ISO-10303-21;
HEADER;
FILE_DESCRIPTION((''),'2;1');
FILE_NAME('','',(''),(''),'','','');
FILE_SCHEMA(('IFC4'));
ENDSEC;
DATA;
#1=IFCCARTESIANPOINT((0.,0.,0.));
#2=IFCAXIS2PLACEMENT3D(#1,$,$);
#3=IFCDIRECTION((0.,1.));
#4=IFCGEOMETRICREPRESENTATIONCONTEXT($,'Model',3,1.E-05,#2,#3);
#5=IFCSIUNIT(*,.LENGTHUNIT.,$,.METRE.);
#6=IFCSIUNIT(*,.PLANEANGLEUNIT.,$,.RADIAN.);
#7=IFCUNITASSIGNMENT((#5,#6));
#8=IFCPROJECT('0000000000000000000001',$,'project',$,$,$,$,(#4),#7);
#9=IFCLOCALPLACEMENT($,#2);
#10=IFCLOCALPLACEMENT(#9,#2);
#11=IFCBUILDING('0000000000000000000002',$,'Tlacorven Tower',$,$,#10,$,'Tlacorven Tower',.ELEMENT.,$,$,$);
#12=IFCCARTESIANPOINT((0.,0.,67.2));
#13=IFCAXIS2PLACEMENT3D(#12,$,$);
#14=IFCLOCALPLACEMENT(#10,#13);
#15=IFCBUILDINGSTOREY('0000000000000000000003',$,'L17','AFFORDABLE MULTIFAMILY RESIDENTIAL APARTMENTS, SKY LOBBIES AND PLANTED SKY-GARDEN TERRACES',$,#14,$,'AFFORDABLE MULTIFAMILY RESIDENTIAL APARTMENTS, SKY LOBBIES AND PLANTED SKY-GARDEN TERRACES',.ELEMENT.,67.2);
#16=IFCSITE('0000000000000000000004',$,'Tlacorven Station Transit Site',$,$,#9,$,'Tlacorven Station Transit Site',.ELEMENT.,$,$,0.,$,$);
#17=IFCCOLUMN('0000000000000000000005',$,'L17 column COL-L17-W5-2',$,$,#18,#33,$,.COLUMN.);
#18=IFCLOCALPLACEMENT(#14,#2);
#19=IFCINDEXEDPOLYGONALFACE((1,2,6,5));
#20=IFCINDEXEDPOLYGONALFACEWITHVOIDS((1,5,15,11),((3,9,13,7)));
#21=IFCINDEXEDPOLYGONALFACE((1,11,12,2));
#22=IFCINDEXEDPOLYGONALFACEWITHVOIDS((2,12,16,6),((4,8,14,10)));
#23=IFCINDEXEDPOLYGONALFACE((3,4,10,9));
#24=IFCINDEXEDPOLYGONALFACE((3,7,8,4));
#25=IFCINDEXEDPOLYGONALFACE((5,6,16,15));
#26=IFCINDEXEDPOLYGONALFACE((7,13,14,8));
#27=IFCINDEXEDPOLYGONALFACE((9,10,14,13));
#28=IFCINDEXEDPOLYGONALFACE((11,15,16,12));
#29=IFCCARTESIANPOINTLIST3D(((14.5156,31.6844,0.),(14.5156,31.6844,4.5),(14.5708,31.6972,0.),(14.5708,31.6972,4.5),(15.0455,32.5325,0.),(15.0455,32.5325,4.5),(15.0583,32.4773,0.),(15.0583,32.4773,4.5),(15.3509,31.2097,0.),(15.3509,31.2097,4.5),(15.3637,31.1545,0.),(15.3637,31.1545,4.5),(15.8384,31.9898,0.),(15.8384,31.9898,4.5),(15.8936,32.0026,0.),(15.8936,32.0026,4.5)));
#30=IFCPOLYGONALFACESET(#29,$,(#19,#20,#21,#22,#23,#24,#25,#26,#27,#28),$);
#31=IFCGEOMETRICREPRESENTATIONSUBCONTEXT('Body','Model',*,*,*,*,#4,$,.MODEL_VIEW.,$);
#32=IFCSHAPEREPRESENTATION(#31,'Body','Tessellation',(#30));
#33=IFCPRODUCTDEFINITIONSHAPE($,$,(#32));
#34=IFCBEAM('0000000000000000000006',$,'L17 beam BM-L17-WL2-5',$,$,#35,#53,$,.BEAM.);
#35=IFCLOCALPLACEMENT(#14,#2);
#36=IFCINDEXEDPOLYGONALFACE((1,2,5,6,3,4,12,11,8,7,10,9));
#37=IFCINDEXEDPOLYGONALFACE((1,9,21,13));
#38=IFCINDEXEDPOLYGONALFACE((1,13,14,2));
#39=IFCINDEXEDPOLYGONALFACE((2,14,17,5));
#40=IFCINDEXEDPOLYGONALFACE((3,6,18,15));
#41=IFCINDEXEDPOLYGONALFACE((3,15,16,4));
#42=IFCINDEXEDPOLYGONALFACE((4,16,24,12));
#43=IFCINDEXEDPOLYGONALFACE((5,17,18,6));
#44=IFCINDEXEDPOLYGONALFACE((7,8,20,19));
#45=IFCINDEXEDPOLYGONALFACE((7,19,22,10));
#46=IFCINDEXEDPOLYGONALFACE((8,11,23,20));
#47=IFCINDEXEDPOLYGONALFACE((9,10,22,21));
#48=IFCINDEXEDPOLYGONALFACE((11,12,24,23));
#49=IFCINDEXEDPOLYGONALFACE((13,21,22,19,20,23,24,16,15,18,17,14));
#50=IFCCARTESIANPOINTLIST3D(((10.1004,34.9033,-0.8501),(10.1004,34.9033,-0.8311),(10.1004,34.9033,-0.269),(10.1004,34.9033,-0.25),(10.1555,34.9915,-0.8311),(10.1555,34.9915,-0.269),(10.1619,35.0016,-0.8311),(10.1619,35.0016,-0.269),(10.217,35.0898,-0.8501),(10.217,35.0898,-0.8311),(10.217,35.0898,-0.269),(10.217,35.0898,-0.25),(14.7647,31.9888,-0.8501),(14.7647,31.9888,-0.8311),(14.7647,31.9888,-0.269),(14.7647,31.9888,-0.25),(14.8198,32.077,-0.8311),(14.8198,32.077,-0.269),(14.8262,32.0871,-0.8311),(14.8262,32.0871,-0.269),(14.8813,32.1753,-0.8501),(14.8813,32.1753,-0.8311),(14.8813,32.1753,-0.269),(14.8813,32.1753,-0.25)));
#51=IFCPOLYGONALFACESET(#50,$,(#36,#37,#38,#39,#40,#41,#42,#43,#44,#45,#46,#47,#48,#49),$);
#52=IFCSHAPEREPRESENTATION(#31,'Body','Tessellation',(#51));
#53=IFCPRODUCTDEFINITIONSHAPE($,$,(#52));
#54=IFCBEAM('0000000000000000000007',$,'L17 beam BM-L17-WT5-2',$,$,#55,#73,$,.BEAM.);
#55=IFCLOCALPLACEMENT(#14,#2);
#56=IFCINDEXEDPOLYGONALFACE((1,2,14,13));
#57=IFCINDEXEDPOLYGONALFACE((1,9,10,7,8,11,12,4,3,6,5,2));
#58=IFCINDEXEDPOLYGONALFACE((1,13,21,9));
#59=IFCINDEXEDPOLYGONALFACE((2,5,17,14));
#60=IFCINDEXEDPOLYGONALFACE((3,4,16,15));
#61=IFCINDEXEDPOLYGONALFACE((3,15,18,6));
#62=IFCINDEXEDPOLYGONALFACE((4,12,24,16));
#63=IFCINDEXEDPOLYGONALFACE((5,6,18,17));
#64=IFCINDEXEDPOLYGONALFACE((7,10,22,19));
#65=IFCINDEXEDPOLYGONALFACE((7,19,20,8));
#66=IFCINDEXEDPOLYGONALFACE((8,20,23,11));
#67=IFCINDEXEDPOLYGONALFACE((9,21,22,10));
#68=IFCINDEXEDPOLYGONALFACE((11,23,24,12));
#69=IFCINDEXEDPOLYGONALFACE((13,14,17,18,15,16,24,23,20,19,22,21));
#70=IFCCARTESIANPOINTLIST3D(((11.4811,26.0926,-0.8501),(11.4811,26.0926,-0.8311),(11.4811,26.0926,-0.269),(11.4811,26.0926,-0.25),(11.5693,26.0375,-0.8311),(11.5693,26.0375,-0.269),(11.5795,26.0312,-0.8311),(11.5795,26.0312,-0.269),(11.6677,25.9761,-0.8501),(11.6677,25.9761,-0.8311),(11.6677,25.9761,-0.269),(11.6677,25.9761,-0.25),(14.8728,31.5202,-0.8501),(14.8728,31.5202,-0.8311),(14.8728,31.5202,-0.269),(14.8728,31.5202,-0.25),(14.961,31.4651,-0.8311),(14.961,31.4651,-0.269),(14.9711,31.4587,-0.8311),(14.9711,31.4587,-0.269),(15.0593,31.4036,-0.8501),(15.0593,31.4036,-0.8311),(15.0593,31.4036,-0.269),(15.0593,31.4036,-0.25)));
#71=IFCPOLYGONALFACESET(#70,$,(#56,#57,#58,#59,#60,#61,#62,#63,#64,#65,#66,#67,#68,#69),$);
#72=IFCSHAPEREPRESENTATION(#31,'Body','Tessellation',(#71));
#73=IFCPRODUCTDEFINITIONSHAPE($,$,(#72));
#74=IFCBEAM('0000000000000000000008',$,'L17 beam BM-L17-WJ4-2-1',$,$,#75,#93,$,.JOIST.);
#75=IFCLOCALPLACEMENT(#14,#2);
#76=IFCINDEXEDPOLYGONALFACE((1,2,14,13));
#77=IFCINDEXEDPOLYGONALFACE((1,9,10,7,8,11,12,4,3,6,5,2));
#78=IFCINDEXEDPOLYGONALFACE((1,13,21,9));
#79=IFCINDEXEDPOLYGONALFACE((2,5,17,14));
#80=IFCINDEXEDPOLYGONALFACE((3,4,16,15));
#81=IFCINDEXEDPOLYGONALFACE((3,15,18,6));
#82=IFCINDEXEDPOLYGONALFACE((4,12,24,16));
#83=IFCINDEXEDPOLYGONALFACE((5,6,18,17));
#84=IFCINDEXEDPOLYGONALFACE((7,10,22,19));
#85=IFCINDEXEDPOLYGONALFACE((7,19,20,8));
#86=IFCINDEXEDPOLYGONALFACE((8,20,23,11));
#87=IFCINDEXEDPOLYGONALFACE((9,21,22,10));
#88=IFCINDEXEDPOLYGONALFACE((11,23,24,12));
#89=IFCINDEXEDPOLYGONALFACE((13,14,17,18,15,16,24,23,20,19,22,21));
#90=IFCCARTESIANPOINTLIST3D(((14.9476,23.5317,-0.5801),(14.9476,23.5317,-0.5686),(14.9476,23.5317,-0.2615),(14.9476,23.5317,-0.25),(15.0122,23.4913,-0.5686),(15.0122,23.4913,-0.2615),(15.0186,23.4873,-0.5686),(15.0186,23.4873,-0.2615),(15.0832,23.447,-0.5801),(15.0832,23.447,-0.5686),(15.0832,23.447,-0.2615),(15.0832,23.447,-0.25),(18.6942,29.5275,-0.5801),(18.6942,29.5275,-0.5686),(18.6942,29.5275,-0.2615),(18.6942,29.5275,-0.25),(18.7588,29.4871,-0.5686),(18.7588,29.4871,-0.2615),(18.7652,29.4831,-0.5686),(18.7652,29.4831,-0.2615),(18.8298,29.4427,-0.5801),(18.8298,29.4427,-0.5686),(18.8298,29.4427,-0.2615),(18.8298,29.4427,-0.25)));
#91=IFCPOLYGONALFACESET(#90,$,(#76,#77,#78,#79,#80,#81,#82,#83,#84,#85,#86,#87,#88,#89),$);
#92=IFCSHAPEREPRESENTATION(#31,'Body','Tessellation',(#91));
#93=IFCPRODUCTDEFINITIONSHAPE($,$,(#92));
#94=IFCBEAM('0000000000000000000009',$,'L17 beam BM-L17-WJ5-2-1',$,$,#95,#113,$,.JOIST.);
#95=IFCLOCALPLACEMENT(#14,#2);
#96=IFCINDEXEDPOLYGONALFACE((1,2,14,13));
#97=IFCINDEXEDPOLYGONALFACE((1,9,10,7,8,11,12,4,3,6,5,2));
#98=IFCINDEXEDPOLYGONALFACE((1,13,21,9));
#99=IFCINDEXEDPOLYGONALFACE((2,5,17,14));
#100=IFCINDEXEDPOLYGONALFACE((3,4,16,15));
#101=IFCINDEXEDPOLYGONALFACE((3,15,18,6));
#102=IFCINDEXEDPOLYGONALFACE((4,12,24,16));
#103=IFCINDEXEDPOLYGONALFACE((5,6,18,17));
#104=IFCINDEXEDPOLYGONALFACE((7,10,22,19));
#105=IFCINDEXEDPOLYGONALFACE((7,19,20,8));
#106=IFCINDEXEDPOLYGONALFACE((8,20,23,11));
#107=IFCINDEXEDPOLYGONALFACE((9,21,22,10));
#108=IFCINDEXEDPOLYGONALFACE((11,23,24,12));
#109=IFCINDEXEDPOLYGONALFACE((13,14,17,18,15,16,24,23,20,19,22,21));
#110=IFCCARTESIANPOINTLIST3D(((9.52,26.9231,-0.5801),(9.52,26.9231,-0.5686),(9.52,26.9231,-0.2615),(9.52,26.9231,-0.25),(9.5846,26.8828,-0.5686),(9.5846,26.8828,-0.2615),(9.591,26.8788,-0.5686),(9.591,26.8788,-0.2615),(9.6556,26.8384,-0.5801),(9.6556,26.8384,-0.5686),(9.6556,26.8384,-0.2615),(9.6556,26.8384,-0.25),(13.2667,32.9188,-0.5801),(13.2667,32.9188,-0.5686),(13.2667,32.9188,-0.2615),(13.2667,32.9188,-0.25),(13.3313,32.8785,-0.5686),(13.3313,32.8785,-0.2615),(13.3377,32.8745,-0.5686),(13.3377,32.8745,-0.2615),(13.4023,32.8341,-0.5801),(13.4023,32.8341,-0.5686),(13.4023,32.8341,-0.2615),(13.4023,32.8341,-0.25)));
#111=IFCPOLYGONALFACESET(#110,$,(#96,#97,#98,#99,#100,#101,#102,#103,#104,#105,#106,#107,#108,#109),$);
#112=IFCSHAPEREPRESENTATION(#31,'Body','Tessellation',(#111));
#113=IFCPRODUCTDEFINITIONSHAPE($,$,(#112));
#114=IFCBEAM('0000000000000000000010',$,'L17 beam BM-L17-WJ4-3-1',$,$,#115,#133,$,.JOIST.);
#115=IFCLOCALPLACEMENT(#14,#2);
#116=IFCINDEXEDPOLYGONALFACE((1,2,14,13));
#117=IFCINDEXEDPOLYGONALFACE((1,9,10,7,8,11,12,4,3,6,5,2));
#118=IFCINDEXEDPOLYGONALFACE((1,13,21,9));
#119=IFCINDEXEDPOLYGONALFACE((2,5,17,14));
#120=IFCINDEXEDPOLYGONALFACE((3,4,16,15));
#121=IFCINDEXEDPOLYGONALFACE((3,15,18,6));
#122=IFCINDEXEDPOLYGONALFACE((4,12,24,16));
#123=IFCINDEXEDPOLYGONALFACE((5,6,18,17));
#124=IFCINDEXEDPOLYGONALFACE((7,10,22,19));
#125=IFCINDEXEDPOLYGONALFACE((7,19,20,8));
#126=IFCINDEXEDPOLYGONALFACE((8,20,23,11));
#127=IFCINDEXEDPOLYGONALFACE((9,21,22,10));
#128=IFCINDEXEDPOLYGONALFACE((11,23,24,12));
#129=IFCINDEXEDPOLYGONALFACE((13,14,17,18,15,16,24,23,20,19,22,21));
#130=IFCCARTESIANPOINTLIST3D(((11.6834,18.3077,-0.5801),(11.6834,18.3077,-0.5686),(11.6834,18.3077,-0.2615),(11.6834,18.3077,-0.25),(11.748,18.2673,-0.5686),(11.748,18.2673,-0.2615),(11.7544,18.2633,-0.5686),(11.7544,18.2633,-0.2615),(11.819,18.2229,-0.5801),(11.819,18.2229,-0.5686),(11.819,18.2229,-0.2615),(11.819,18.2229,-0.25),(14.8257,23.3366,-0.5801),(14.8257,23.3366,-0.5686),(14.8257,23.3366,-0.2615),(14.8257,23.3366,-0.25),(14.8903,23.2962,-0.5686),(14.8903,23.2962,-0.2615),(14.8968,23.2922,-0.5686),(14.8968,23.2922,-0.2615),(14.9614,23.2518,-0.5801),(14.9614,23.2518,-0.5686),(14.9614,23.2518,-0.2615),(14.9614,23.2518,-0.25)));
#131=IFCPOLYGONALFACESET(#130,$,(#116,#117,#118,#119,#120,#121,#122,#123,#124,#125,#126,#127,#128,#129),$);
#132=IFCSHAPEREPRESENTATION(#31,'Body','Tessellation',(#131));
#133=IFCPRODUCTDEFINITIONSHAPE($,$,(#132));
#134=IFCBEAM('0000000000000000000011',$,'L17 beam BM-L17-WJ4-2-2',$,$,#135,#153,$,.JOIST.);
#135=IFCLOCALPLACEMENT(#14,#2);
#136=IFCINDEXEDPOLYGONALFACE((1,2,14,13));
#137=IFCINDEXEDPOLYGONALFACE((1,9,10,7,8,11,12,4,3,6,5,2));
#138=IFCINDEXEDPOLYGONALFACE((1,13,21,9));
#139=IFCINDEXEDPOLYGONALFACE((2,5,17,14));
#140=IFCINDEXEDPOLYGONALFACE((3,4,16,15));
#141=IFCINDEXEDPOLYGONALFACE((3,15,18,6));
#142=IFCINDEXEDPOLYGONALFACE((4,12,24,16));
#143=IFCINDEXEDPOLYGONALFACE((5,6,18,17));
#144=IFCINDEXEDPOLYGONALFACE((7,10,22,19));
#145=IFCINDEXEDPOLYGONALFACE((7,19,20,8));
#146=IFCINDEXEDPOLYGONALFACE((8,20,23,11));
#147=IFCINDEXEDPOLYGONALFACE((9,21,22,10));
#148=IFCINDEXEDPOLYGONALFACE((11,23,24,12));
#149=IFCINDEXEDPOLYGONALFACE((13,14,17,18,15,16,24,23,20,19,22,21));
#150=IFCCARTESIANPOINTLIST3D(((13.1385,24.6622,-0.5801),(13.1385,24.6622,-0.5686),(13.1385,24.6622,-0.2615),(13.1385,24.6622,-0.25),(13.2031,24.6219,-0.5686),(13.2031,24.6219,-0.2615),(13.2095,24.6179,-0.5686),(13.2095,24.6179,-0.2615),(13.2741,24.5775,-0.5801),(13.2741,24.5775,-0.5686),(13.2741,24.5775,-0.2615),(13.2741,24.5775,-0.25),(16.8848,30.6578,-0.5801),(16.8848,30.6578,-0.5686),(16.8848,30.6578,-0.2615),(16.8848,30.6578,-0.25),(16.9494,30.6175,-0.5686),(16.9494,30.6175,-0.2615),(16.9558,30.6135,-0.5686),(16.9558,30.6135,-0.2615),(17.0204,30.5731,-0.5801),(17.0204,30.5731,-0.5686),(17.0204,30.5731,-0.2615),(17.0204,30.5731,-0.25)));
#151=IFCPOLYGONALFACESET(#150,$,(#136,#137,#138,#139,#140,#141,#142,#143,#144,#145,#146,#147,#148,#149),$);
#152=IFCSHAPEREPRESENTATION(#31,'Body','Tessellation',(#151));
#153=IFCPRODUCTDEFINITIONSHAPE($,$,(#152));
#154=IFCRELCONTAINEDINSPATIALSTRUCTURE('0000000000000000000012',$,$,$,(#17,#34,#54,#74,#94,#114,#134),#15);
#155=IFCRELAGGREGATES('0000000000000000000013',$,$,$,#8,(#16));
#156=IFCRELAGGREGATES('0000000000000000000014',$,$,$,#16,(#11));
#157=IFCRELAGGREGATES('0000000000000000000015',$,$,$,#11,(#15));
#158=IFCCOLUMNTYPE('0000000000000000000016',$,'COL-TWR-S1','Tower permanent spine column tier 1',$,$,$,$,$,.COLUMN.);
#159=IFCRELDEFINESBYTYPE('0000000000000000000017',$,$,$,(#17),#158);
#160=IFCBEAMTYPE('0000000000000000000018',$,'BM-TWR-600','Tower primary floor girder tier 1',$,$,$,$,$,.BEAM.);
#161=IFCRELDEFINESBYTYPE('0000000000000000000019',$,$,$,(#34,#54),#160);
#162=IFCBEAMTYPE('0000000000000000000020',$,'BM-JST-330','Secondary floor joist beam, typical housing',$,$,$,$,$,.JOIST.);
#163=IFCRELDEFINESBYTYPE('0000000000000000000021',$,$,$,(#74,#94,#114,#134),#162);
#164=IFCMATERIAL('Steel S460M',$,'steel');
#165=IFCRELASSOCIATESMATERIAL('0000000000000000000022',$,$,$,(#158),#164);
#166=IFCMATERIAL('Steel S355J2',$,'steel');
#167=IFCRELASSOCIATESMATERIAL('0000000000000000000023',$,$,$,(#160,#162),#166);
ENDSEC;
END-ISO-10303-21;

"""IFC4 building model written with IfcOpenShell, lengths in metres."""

from ifc_helpers import new_model, si_unit, direction, frame, origin, origin_2d, place, context, subcontext, project, spatial, hollow_rectangle, i_section, extrude, source, transform, mapped, material, material_profile, profile_set, type_object, element, save


model = new_model("IFC4")

# Units and contexts
model_context = context("Model", 3, precision=1e-05, world=origin(), true_north=direction((0.0, 1.0)))
body_context = subcontext(model_context, "Body", "Model", "MODEL_VIEW")
ifc_project = project(units=[si_unit("LENGTHUNIT", "METRE"), si_unit("PLANEANGLEUNIT", "RADIAN")], contexts=[model_context])

# Site, building, storey
site_placement = place(None, origin())
site = spatial("IfcSite", under=ifc_project, at=site_placement, Name="Tlacorven Station Transit Site", LongName="Tlacorven Station Transit Site", CompositionType="ELEMENT", RefElevation=0.0)
building_placement = place(site_placement, origin())
building = spatial("IfcBuilding", under=site, at=building_placement, Name="Tlacorven Tower", LongName="Tlacorven Tower", CompositionType="ELEMENT")
storey_placement = place(building_placement, frame((0.0, 0.0, 67.2)))
storey = spatial("IfcBuildingStorey", under=building, at=storey_placement, Name="L17", Description="AFFORDABLE MULTIFAMILY RESIDENTIAL APARTMENTS, SKY LOBBIES AND PLANTED SKY-GARDEN TERRACES", LongName="AFFORDABLE MULTIFAMILY RESIDENTIAL APARTMENTS, SKY LOBBIES AND PLANTED SKY-GARDEN TERRACES", CompositionType="ELEMENT", Elevation=67.2)

# Column
ifc_material_1 = material(Name="Steel S460M", Category="steel")
ifc_material_profile_1 = material_profile(ifc_material_1, hollow_rectangle(XDim=1.0, YDim=1.0, WallThickness=0.04, at=origin_2d()), Name="BOX 1000X1000X40")
ifc_profile_set_1 = profile_set([ifc_material_profile_1], Name="Steel S460M")
column_type = type_object("IfcColumnType", Name="COL-TWR-S1", Description="Tower permanent spine column tier 1", PredefinedType="COLUMN", material=ifc_profile_set_1)
shared_shape_1 = source(origin(), body_context, "Body", "SweptSolid", [
    extrude(hollow_rectangle(XDim=1.0, YDim=1.0, WallThickness=0.04, at=origin_2d()), origin(), (0.0, 0.0, 1.0), 4.5),
])
column_placement = place(storey_placement, frame((15.2046, 31.8435, 0.0), z_axis=(0.0, 0.0, 1.0), x_axis=(-0.848048, 0.529919, 0.0)))
element("IfcColumn", 1, at=column_placement, inside=storey, type_object=column_type, Name="L17 column COL-L17-W5-2", PredefinedType="COLUMN", context=body_context, shape_type="MappedRepresentation", body=[
    mapped(shared_shape_1, transform((0.0, 0.0, 0.0), scale=1.0)),
])

# Beams
ifc_material_2 = material(Name="Steel S355J2", Category="steel")
ifc_material_profile_2 = material_profile(ifc_material_2, i_section(OverallWidth=0.22, OverallDepth=0.6001, WebThickness=0.012, FlangeThickness=0.019, at=origin_2d()), Name="IPE 600")
ifc_profile_set_2 = profile_set([ifc_material_profile_2], Name="Steel S355J2")
beam_type_1 = type_object("IfcBeamType", Name="BM-TWR-600", Description="Tower primary floor girder tier 1", PredefinedType="BEAM", material=ifc_profile_set_2)
shared_shape_2 = source(origin(), body_context, "Body", "SweptSolid", [
    extrude(i_section(OverallWidth=0.22, OverallDepth=0.6001, WebThickness=0.012, FlangeThickness=0.019, at=origin_2d()), origin(), (0.0, 0.0, 1.0), 5.5),
])
beam_1_placement = place(storey_placement, frame((14.823, 32.082, -0.55), z_axis=(-0.848051, 0.529915, 0.0), x_axis=(-0.529915, -0.848051, 0.0)))
element("IfcBeam", 2, at=beam_1_placement, inside=storey, type_object=beam_type_1, Name="L17 beam BM-L17-WL2-5", PredefinedType="BEAM", context=body_context, shape_type="MappedRepresentation", body=[
    mapped(shared_shape_2, transform((0.0, 0.0, 0.0), scale=1.0)),
])
shared_shape_3 = source(origin(), body_context, "Body", "SweptSolid", [
    extrude(i_section(OverallWidth=0.22, OverallDepth=0.6001, WebThickness=0.012, FlangeThickness=0.019, at=origin_2d()), origin(), (0.0, 0.0, 1.0), 6.4001),
])
beam_2_placement = place(storey_placement, frame((14.9661, 31.4619, -0.55), z_axis=(-0.529934, -0.848039, 0.0), x_axis=(0.848039, -0.529934, 0.0)))
element("IfcBeam", 3, at=beam_2_placement, inside=storey, type_object=beam_type_1, Name="L17 beam BM-L17-WT5-2", PredefinedType="BEAM", context=body_context, shape_type="MappedRepresentation", body=[
    mapped(shared_shape_3, transform((0.0, 0.0, 0.0), scale=1.0)),
])
ifc_material_profile_3 = material_profile(ifc_material_2, i_section(OverallWidth=0.1599, OverallDepth=0.3301, WebThickness=0.0076, FlangeThickness=0.0115, at=origin_2d()), Name="IPE 330")
ifc_profile_set_3 = profile_set([ifc_material_profile_3], Name="Steel S355J2")
beam_type_2 = type_object("IfcBeamType", Name="BM-JST-330", Description="Secondary floor joist beam, typical housing", PredefinedType="JOIST", material=ifc_profile_set_3)
shared_shape_4 = source(origin(), body_context, "Body", "SweptSolid", [
    extrude(i_section(OverallWidth=0.1599, OverallDepth=0.3301, WebThickness=0.0076, FlangeThickness=0.0115, at=origin_2d()), origin(), (0.0, 0.0, 1.0), 7.0701),
])
for number, where, z_axis, x_axis, name in (
    (4, (18.762, 29.4851, -0.415), (-0.529915, -0.848051, 0.0), (0.848051, -0.529915, 0.0), "L17 beam BM-L17-WJ4-2-1"),
    (5, (13.3345, 32.8765, -0.415), (-0.529931, -0.848041, 0.0), (0.848041, -0.529931, 0.0), "L17 beam BM-L17-WJ5-2-1"),
):
    element("IfcBeam", number, at=place(storey_placement, frame(where, z_axis=z_axis, x_axis=x_axis)), inside=storey, type_object=beam_type_2, Name=name, PredefinedType="JOIST", context=body_context, shape_type="MappedRepresentation", body=[
        mapped(shared_shape_4, transform((0.0, 0.0, 0.0), scale=1.0)),
    ])
shared_shape_5 = source(origin(), body_context, "Body", "SweptSolid", [
    extrude(i_section(OverallWidth=0.1599, OverallDepth=0.3301, WebThickness=0.0076, FlangeThickness=0.0115, at=origin_2d()), origin(), (0.0, 0.0, 1.0), 5.9299),
])
beam_3_placement = place(storey_placement, frame((14.8936, 23.2942, -0.415), z_axis=(-0.529918, -0.848049, 0.0), x_axis=(0.848049, -0.529918, 0.0)))
element("IfcBeam", 6, at=beam_3_placement, inside=storey, type_object=beam_type_2, Name="L17 beam BM-L17-WJ4-3-1", PredefinedType="JOIST", context=body_context, shape_type="MappedRepresentation", body=[
    mapped(shared_shape_5, transform((0.0, 0.0, 0.0), scale=1.0)),
])
shared_shape_6 = source(origin(), body_context, "Body", "SweptSolid", [
    extrude(i_section(OverallWidth=0.1599, OverallDepth=0.3301, WebThickness=0.0076, FlangeThickness=0.0115, at=origin_2d()), origin(), (0.0, 0.0, 1.0), 7.0698),
])
beam_4_placement = place(storey_placement, frame((16.9526, 30.6155, -0.415), z_axis=(-0.529906, -0.848057, 0.0), x_axis=(0.848057, -0.529906, 0.0)))
element("IfcBeam", 7, at=beam_4_placement, inside=storey, type_object=beam_type_2, Name="L17 beam BM-L17-WJ4-2-2", PredefinedType="JOIST", context=body_context, shape_type="MappedRepresentation", body=[
    mapped(shared_shape_6, transform((0.0, 0.0, 0.0), scale=1.0)),
])

save(model, "model.ifc")
